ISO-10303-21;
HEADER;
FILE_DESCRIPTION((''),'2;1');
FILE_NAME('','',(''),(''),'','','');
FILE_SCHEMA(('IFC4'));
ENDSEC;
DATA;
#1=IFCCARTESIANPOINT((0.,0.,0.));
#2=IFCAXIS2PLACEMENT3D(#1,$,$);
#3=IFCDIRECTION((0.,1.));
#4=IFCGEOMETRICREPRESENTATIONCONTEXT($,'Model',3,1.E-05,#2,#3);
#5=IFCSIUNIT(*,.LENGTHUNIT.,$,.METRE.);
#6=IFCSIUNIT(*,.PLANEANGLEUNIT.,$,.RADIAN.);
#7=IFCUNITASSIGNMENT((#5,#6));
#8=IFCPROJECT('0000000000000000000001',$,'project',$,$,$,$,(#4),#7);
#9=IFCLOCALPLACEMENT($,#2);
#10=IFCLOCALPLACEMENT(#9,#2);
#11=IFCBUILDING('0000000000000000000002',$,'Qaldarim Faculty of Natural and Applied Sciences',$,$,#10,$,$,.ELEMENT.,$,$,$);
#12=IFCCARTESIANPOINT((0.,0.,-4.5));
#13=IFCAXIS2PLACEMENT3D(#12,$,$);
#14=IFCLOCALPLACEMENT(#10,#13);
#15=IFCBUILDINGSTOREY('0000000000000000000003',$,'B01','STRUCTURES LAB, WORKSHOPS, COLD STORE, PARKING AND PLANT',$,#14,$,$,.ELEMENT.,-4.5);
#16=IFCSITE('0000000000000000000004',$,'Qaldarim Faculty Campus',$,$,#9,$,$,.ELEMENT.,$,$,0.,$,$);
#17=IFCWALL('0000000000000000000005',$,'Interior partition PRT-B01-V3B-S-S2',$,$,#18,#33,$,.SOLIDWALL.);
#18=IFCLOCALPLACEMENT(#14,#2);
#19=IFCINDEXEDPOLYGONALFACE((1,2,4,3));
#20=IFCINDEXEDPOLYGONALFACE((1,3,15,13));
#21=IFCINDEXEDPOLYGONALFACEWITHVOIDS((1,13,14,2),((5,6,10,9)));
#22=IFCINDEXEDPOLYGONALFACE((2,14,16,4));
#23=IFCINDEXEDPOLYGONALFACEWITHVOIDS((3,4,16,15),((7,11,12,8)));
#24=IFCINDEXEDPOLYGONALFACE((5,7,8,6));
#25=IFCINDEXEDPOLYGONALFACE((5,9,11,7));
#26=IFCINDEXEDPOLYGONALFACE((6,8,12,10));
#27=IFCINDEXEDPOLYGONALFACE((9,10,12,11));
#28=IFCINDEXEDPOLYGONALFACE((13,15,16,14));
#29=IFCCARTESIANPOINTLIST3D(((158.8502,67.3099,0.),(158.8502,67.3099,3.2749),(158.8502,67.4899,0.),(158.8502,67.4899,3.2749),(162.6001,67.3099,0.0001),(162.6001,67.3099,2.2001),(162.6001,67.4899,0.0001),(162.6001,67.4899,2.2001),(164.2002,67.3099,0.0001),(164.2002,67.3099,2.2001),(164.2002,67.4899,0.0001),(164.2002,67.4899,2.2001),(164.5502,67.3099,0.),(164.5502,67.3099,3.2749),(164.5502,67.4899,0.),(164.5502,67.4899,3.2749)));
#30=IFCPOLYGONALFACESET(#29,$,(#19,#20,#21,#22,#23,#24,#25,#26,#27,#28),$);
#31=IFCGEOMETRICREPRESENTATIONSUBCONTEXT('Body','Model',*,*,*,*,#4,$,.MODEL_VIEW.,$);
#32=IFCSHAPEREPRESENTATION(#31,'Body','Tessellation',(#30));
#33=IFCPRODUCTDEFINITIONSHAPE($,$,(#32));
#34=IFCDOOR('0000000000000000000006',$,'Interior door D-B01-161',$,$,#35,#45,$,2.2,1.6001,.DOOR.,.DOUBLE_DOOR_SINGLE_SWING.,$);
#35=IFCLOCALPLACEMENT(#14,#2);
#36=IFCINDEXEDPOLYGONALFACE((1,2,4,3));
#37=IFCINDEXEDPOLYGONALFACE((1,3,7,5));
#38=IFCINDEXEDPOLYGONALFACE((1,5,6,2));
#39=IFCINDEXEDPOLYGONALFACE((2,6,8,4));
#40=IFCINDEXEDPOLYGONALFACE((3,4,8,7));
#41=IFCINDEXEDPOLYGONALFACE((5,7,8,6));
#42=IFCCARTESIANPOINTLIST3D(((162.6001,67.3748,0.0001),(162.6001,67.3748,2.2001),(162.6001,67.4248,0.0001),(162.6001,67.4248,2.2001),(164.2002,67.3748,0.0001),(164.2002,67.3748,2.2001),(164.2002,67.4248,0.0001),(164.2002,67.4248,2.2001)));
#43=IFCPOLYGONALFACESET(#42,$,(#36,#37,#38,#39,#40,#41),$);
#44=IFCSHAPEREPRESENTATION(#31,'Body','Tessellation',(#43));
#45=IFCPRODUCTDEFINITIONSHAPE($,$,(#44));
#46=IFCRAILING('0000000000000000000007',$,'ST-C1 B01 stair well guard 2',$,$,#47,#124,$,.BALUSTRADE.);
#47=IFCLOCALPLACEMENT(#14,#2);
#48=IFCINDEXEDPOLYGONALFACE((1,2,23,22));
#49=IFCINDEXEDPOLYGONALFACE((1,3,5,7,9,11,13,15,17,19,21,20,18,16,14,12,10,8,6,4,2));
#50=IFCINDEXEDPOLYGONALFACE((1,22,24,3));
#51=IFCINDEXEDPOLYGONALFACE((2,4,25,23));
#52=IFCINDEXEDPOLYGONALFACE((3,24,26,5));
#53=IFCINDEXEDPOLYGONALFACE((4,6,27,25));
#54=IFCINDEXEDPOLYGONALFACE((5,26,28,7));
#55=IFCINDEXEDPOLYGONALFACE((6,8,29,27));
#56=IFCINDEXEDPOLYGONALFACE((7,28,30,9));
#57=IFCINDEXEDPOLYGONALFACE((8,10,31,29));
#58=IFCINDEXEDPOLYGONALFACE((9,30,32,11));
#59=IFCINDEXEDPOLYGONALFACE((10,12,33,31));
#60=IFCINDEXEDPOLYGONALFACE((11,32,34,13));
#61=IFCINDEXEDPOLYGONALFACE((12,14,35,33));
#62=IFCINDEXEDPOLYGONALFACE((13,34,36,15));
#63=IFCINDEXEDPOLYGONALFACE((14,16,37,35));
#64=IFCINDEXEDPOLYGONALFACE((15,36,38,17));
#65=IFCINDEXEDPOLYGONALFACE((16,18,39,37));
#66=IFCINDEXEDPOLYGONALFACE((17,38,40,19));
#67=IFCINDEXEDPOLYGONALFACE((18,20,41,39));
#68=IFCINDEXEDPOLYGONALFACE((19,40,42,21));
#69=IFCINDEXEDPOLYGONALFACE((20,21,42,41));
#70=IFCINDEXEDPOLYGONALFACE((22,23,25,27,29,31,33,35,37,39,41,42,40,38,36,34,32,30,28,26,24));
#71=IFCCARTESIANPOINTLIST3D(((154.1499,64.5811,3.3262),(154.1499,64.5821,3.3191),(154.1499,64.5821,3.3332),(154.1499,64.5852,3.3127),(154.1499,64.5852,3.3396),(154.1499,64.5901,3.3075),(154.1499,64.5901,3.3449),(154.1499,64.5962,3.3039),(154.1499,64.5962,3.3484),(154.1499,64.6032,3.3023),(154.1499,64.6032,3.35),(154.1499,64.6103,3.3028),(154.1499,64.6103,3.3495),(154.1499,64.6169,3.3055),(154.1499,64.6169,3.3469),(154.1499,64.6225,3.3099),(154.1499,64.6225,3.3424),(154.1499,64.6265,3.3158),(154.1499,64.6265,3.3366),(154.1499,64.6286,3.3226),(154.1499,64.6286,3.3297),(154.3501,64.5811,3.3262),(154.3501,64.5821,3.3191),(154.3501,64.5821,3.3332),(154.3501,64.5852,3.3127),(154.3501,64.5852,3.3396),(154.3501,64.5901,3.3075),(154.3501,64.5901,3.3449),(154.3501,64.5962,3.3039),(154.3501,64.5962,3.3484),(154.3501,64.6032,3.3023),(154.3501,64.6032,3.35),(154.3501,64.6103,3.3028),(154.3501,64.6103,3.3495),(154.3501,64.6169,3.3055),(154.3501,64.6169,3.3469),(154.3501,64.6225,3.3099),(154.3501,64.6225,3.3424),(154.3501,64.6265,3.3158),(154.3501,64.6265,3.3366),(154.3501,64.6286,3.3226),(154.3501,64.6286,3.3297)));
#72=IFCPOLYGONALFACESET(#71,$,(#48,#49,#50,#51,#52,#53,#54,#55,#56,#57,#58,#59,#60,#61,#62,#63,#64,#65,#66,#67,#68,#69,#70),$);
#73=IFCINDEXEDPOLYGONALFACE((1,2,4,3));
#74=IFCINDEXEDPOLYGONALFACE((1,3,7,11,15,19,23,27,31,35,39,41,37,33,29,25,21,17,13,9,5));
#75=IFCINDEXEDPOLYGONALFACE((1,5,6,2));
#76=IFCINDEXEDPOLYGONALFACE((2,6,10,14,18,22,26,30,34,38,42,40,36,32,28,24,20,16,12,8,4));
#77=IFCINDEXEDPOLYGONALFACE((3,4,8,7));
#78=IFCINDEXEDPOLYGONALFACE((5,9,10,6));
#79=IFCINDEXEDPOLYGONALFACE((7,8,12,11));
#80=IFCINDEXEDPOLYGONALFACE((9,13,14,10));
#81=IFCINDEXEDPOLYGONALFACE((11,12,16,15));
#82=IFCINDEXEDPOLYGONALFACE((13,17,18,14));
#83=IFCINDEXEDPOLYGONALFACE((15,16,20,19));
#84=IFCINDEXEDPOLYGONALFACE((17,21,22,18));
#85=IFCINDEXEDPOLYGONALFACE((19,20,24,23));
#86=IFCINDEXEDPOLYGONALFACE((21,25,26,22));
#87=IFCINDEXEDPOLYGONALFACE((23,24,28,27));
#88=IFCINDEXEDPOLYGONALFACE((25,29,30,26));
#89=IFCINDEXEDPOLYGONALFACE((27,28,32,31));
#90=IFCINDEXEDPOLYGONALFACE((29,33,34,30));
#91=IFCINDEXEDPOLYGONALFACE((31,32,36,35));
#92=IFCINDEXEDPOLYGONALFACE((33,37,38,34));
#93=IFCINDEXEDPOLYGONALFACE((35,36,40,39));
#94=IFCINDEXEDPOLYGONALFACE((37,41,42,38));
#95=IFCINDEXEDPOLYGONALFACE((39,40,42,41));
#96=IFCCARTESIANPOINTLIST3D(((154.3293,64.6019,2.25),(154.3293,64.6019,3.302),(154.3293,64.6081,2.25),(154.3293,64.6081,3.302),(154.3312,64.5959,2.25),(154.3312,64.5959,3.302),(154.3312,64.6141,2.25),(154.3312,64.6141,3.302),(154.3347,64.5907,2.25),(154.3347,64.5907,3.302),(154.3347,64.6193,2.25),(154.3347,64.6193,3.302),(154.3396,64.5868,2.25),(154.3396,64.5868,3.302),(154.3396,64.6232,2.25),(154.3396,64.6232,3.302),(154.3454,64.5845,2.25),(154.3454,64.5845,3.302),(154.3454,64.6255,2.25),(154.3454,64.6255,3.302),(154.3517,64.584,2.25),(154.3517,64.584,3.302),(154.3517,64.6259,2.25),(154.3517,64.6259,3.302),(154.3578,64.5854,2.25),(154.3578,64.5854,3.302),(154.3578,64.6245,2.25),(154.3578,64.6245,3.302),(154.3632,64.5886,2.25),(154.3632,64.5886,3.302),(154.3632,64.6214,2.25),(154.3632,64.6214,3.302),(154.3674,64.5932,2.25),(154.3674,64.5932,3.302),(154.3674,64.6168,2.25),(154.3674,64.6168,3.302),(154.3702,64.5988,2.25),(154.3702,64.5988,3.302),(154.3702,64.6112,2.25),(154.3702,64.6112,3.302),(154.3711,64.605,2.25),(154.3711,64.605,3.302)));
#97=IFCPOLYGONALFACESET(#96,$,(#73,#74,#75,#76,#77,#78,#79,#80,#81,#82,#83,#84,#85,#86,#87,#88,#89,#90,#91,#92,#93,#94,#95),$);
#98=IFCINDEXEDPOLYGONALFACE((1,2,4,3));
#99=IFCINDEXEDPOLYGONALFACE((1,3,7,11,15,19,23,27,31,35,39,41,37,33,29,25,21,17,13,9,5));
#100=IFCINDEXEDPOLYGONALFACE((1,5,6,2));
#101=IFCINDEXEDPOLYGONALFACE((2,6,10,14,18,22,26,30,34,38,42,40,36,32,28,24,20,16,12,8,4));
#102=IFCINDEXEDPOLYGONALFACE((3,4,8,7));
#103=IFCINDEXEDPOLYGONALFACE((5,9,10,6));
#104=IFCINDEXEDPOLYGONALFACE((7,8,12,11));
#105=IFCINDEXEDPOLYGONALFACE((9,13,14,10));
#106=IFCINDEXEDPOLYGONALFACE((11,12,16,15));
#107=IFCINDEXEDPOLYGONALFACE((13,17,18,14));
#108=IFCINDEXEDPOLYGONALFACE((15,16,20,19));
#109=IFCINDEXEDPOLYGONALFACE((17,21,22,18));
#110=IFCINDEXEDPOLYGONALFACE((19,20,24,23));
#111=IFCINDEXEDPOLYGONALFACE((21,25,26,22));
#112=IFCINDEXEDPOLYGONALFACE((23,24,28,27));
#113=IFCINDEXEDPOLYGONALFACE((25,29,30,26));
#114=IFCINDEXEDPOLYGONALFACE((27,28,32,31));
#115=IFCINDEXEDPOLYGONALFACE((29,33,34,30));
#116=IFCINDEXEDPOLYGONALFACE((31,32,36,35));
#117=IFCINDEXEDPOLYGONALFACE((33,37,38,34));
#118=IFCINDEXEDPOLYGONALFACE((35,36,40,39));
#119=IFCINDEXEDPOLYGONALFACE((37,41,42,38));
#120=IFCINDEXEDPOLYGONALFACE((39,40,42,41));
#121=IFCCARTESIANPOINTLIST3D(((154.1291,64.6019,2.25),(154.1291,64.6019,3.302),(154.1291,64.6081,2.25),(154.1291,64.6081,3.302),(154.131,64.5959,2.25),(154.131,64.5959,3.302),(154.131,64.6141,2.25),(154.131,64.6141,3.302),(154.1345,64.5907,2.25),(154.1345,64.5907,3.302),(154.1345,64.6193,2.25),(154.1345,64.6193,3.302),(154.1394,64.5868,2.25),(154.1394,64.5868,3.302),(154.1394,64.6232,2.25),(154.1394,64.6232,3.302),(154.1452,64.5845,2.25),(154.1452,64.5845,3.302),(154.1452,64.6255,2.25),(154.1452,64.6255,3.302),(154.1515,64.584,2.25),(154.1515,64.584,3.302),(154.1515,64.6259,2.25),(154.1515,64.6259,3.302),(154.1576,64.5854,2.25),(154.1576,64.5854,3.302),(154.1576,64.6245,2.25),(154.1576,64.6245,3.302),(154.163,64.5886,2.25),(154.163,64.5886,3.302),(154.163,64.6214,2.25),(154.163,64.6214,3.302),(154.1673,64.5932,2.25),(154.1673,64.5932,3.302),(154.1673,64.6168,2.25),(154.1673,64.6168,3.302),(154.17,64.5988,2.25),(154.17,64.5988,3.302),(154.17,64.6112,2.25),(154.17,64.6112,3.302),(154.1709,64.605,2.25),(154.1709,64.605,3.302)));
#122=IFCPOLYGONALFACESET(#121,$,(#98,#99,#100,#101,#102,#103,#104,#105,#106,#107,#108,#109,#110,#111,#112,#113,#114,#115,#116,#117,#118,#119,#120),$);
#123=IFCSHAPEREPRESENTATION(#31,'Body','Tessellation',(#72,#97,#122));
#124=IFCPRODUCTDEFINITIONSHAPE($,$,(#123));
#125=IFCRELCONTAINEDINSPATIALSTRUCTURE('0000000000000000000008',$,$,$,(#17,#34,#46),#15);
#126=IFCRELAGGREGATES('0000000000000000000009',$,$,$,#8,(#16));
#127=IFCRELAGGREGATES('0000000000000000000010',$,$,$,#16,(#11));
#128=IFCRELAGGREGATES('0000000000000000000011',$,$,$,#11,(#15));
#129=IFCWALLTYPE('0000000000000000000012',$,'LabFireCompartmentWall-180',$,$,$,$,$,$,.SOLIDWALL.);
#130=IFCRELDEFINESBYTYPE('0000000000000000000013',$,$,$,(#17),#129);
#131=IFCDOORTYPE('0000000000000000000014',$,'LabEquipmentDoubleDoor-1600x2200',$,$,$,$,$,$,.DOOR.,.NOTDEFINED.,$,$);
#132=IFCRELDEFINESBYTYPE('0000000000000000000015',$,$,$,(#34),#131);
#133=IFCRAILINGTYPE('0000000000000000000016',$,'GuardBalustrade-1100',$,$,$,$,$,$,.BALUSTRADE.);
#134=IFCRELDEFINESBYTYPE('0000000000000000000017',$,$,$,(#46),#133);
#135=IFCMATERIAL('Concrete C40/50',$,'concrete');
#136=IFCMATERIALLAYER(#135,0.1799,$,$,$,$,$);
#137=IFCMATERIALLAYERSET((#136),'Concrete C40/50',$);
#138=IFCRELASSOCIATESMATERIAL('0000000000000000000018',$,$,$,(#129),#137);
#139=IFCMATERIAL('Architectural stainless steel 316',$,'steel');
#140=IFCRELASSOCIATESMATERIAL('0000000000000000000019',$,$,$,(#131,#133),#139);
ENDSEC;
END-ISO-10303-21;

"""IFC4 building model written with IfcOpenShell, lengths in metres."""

from ifc_helpers import new_model, si_unit, direction, frame, frame_2d, origin, origin_2d, place, context, subcontext, project, spatial, rectangle, circle, extrude, material, layer, layer_set, type_object, element, fill, save


model = new_model("IFC4")

# Units and contexts
model_context = context("Model", 3, precision=1e-05, world=origin(), true_north=direction((0.0, 1.0)))
body_context = subcontext(model_context, "Body", "Model", "MODEL_VIEW")
ifc_project = project(units=[si_unit("LENGTHUNIT", "METRE"), si_unit("PLANEANGLEUNIT", "RADIAN")], contexts=[model_context])

# Site, building, storey
site_placement = place(None, origin())
site = spatial("IfcSite", under=ifc_project, at=site_placement, Name="Qaldarim Faculty Campus", CompositionType="ELEMENT", RefElevation=0.0)
building_placement = place(site_placement, origin())
building = spatial("IfcBuilding", under=site, at=building_placement, Name="Qaldarim Faculty of Natural and Applied Sciences", CompositionType="ELEMENT")
storey_placement = place(building_placement, frame((0.0, 0.0, -4.5)))
storey = spatial("IfcBuildingStorey", under=building, at=storey_placement, Name="B01", Description="STRUCTURES LAB, WORKSHOPS, COLD STORE, PARKING AND PLANT", CompositionType="ELEMENT", Elevation=-4.5)

# Shared definitions
ifc_material_1 = material(Name="Concrete C40/50", Category="concrete")

# Shared definitions
ifc_layer_1 = layer(ifc_material_1, 0.1799)
ifc_layer_set_1 = layer_set([ifc_layer_1], Name="Concrete C40/50")
wall_type_1 = type_object("IfcWallType", Name="LabFireCompartmentWall-180", PredefinedType="SOLIDWALL", material=ifc_layer_set_1)

# Wall, opening, door
wall_1_placement = place(storey_placement, frame((158.8501, 67.3999, 0.0), z_axis=(0.0, 0.0, 1.0), x_axis=(1.0, 0.0, 0.0)))
wall_1 = element("IfcWall", 1, at=wall_1_placement, inside=storey, type_object=wall_type_1, Name="Interior partition PRT-B01-V3B-S-S2", PredefinedType="SOLIDWALL", context=body_context, shape_type="SweptSolid", body=[
    extrude(rectangle(XDim=5.7, YDim=0.1799, at=frame_2d((2.8501, 0.0))), origin(), (0.0, 0.0, 1.0), 3.2749),
])
opening_placement = place(wall_1_placement, frame((3.75, 0.0, 0.0)))
opening = element("IfcOpeningElement", 2, at=opening_placement, cuts=wall_1, PredefinedType="OPENING", context=body_context, shape_type="SweptSolid", body=[
    extrude(rectangle(XDim=1.6001, YDim=2.2, at=frame_2d((0.8, 1.1001))), frame((0.0, 0.0999, 0.0), z_axis=(0.0, -1.0, 0.0), x_axis=(1.0, 0.0, 0.0)), (0.0, 0.0, 1.0), 0.2),
])
ifc_material_2 = material(Name="Architectural stainless steel 316", Category="steel")
door_type = type_object("IfcDoorType", Name="LabEquipmentDoubleDoor-1600x2200", OperationType="NOTDEFINED", PredefinedType="DOOR", material=ifc_material_2)
door_placement = place(opening_placement, origin())
door = element("IfcDoor", 3, at=door_placement, inside=storey, type_object=door_type, Name="Interior door D-B01-161", OperationType="DOUBLE_DOOR_SINGLE_SWING", OverallHeight=2.2, OverallWidth=1.6001, PredefinedType="DOOR", context=body_context, shape_type="SweptSolid", body=[
    extrude(rectangle(XDim=1.6001, YDim=2.2, at=frame_2d((0.8, 1.1001))), frame((0.0, 0.0249, 0.0), z_axis=(0.0, -1.0, 0.0), x_axis=(1.0, 0.0, 0.0)), (0.0, 0.0, 1.0), 0.05),
])
fill(opening, door)

# Railing
railing_type = type_object("IfcRailingType", Name="GuardBalustrade-1100", PredefinedType="BALUSTRADE", material=ifc_material_2)
railing_1_placement = place(storey_placement, frame((154.3501, 64.605, 2.25)))
element("IfcRailing", 4, at=railing_1_placement, inside=storey, type_object=railing_type, Name="ST-C1 B01 stair well guard 2", PredefinedType="BALUSTRADE", context=body_context, shape_type="SweptSolid", body=[
    extrude(circle(Radius=0.0239, at=origin_2d()), frame((0.0, 0.0, 1.0762), z_axis=(-1.0, 0.0, 0.0), x_axis=(0.0, -1.0, 0.0)), (0.0, 0.0, 1.0), 0.2002),
    extrude(circle(Radius=0.021, at=origin_2d()), origin(), (0.0, 0.0, 1.0), 1.052),
    extrude(circle(Radius=0.021, at=origin_2d()), frame((-0.2002, 0.0, 0.0)), (0.0, 0.0, 1.0), 1.052),
])

save(model, "model.ifc")
